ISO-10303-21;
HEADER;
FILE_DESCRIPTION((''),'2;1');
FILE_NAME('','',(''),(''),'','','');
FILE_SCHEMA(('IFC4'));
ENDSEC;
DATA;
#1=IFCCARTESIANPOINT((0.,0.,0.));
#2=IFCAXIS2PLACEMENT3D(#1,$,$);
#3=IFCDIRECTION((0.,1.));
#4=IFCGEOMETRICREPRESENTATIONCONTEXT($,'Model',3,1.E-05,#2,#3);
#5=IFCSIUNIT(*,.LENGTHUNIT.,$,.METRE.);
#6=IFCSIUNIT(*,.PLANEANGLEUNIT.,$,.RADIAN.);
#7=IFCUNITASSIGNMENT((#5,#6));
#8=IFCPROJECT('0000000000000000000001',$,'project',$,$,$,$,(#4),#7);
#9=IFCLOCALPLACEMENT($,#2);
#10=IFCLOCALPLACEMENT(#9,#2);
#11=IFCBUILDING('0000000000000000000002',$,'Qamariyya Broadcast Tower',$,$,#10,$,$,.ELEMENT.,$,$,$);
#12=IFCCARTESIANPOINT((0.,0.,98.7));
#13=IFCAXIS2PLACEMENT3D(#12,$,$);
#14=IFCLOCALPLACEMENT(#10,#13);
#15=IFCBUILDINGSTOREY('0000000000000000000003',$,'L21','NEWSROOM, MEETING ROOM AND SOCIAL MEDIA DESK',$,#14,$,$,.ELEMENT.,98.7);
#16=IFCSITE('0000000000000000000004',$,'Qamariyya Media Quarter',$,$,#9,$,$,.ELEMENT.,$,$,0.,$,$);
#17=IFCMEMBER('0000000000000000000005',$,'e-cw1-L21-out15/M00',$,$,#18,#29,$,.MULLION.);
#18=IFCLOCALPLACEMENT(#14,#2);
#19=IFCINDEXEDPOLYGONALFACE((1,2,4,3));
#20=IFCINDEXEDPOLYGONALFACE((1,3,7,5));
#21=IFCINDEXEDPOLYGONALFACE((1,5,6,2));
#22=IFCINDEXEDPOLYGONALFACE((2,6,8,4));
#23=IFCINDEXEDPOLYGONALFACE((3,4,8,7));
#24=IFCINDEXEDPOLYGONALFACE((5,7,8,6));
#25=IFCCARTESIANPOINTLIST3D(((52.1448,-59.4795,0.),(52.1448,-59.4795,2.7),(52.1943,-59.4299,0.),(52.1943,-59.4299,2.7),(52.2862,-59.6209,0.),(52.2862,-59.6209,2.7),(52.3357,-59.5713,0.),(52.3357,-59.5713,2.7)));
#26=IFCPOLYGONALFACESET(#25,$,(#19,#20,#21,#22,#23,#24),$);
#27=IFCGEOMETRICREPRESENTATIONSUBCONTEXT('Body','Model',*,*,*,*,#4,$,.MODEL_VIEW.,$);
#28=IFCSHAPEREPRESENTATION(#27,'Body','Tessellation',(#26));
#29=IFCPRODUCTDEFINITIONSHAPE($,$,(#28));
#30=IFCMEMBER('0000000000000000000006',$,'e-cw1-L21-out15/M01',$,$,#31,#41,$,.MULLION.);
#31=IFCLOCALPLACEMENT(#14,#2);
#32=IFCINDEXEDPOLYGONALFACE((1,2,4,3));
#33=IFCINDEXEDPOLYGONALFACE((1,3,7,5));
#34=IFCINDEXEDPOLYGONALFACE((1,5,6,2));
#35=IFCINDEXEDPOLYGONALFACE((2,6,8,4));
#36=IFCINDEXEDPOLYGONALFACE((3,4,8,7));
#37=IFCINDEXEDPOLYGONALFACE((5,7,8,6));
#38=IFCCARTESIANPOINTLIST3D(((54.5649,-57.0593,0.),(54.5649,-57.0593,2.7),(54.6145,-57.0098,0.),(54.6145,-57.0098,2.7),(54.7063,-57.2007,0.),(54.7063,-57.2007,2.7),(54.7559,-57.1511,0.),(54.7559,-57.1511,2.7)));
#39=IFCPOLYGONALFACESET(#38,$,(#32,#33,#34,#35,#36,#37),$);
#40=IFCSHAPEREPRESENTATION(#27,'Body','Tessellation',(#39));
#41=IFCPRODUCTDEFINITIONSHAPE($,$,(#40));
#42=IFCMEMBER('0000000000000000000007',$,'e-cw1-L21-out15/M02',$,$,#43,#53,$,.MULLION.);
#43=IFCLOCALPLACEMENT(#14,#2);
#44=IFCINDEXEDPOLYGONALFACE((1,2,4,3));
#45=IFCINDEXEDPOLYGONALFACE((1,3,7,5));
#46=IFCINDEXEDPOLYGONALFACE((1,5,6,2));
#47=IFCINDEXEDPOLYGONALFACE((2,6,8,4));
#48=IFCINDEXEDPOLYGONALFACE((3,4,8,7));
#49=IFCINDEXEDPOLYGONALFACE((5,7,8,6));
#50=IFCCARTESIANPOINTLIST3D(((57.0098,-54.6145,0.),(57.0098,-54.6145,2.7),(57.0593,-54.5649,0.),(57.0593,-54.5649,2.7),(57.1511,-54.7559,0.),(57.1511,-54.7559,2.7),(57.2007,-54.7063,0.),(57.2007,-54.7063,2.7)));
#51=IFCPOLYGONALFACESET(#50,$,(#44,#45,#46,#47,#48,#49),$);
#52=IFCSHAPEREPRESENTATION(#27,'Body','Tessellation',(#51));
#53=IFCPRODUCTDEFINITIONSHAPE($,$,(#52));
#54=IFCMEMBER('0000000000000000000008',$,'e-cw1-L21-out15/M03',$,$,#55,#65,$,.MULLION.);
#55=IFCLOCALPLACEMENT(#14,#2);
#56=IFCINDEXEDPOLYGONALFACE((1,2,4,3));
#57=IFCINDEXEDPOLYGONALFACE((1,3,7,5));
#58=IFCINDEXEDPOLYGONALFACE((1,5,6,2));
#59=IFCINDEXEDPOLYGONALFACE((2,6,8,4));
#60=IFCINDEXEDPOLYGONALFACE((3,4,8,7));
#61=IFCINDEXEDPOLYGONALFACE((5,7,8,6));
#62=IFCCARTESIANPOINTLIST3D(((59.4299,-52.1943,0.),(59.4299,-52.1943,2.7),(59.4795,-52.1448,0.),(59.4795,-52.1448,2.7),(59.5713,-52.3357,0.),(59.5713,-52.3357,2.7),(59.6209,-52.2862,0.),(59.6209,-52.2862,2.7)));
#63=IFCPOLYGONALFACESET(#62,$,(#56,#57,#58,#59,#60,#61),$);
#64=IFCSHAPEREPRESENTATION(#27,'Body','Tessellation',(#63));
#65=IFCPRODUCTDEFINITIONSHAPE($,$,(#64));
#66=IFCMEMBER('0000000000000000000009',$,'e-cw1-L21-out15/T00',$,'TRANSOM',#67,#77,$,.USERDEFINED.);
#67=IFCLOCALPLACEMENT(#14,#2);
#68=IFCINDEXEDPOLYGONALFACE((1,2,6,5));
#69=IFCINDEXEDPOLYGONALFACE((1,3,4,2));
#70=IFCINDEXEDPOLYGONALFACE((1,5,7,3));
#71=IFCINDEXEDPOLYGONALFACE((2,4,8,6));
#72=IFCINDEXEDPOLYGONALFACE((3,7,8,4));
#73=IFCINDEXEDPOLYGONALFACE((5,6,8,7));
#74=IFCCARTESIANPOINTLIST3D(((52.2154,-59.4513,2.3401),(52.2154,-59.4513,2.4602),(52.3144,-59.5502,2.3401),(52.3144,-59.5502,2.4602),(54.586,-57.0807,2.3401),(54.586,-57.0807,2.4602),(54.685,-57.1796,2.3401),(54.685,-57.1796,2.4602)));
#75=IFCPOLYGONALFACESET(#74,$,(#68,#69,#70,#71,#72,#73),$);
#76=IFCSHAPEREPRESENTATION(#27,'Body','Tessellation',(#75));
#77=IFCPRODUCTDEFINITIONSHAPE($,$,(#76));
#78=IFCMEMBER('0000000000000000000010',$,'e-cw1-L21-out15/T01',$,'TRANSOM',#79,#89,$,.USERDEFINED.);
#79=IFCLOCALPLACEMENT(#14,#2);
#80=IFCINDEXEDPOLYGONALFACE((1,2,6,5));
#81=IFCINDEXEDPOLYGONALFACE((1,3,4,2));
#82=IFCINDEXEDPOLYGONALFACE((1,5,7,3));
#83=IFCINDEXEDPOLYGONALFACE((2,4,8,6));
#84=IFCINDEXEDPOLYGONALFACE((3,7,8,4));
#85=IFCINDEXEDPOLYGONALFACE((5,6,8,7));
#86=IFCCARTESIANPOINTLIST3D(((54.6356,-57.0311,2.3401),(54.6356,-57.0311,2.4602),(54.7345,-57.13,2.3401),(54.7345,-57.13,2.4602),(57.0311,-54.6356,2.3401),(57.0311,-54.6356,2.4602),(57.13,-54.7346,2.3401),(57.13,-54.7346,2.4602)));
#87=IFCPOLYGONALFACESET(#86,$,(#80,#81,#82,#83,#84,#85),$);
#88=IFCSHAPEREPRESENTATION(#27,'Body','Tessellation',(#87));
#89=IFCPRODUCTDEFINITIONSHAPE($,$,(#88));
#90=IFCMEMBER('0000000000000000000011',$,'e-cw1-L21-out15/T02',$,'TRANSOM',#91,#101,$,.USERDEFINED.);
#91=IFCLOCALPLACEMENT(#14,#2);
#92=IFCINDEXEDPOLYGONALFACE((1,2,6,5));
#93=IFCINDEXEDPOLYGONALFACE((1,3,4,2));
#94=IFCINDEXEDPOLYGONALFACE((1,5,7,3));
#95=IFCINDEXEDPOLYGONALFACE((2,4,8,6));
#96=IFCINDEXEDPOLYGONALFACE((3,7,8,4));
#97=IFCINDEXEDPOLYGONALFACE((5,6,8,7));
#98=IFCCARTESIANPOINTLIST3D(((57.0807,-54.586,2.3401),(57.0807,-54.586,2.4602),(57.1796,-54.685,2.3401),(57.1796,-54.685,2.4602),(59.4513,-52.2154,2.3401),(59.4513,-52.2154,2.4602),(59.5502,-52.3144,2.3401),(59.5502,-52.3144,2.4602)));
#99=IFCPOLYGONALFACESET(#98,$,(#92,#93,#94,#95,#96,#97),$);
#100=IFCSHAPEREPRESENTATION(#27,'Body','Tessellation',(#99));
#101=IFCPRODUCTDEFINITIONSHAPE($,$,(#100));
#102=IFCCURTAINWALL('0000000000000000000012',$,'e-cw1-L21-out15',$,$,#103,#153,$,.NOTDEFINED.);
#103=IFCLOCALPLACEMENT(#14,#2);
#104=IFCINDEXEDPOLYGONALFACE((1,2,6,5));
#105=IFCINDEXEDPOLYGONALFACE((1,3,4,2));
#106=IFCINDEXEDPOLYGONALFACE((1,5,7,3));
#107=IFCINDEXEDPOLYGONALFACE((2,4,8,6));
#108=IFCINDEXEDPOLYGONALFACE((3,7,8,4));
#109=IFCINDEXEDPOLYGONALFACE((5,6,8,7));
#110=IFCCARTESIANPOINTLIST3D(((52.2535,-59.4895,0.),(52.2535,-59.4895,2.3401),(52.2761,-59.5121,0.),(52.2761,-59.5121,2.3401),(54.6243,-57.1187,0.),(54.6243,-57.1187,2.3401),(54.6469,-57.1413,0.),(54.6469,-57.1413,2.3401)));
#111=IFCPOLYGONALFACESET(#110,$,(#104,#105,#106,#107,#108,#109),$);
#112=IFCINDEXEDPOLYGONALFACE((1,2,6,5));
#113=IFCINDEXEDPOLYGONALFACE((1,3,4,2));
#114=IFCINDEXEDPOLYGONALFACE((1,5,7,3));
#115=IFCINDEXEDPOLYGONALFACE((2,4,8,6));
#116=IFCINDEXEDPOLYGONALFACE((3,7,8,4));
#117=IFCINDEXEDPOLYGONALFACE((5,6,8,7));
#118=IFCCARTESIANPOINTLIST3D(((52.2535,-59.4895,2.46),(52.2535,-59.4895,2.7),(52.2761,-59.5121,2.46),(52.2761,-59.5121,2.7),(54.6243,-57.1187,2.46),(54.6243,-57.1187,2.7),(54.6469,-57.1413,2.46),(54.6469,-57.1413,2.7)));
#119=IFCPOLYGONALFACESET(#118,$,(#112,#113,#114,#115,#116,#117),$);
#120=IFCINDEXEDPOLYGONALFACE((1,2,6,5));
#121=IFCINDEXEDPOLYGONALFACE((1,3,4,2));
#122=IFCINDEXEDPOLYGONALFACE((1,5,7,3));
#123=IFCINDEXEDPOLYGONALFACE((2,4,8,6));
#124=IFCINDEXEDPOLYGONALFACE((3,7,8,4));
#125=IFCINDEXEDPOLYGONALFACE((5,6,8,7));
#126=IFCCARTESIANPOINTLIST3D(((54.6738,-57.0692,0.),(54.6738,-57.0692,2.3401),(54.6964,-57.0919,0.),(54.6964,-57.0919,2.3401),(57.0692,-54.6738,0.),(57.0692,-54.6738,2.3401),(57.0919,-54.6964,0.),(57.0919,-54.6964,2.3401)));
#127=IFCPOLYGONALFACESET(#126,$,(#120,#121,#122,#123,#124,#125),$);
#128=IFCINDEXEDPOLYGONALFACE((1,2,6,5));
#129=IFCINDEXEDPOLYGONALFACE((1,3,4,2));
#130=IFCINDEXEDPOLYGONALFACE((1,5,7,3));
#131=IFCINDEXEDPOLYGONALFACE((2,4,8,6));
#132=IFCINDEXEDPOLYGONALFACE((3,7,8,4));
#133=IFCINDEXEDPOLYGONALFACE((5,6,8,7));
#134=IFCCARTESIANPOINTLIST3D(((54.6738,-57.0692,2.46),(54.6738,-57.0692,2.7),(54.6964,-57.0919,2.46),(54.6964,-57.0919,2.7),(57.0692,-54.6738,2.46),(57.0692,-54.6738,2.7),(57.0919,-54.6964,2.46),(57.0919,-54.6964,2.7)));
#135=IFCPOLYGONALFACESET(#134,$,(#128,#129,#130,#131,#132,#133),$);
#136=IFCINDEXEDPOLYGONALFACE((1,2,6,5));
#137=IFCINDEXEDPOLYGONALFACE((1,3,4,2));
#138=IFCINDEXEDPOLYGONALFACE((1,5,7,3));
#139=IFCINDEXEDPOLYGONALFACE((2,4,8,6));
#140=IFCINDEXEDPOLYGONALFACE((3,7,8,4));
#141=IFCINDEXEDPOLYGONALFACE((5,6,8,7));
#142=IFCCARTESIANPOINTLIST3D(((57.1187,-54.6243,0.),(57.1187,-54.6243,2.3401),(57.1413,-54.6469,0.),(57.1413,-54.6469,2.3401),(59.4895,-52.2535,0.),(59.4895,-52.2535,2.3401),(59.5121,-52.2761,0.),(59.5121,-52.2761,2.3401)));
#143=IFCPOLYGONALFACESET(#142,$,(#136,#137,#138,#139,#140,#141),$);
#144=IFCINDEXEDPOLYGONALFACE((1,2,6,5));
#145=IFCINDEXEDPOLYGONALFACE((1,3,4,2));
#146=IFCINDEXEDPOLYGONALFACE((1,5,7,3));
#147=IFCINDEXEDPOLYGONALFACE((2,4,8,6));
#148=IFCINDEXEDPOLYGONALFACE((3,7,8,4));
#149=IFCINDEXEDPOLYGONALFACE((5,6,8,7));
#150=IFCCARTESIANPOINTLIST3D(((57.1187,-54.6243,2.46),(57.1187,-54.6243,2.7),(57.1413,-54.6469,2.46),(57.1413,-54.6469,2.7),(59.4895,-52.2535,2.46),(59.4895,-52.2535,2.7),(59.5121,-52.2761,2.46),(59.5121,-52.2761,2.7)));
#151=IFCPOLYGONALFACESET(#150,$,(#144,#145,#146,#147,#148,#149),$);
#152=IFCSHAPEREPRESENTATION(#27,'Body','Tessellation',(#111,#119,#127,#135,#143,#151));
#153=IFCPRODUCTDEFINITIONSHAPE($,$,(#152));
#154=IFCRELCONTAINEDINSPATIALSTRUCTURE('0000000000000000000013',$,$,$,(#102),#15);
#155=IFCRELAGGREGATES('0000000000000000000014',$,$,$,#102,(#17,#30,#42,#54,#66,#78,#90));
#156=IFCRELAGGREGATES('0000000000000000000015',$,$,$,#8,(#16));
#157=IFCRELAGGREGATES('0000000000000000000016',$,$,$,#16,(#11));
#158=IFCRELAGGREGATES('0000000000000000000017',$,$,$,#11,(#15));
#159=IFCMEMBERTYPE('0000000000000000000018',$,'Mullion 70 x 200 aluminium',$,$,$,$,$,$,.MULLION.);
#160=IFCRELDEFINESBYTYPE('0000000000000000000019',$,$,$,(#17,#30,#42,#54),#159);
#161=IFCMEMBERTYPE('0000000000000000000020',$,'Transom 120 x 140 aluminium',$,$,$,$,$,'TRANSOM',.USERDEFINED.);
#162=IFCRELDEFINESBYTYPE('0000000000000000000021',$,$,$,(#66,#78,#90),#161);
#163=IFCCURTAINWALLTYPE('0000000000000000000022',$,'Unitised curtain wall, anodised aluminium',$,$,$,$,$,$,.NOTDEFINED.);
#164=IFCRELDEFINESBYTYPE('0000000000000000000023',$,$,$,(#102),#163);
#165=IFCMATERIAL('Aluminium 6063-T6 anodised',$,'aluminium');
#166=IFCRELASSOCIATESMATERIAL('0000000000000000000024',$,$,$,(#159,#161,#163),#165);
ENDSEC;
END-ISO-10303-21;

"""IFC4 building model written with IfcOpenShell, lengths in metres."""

from ifc_helpers import new_model, si_unit, direction, frame, origin, origin_2d, place, context, subcontext, project, spatial, rectangle, extrude, material, material_profile, profile_set, type_object, element, aggregate, save


model = new_model("IFC4")

# Units and contexts
model_context = context("Model", 3, precision=1e-05, world=origin(), true_north=direction((0.0, 1.0)))
body_context = subcontext(model_context, "Body", "Model", "MODEL_VIEW")
ifc_project = project(units=[si_unit("LENGTHUNIT", "METRE"), si_unit("PLANEANGLEUNIT", "RADIAN")], contexts=[model_context])

# Members
ifc_material = material(Name="Aluminium 6063-T6 anodised", Category="aluminium")
ifc_material_profile_1 = material_profile(ifc_material, rectangle(XDim=0.2, YDim=0.0701, at=origin_2d()))
ifc_profile_set_1 = profile_set([ifc_material_profile_1], Name="Aluminium 6063-T6 anodised")
member_type_1 = type_object("IfcMemberType", Name="Mullion 70 x 200 aluminium", PredefinedType="MULLION", material=ifc_profile_set_1)
site_placement = place(None, origin())
building_placement = place(site_placement, origin())
storey_placement = place(building_placement, frame((0.0, 0.0, 98.7)))
member_1_placement = place(storey_placement, frame((52.2402, -59.5254, 0.0), z_axis=(0.0, 0.0, 1.0), x_axis=(-0.707107, 0.707107, 0.0)))
member_1 = element("IfcMember", 1, at=member_1_placement, type_object=member_type_1, Name="e-cw1-L21-out15/M00", PredefinedType="MULLION", context=body_context, shape_type="SweptSolid", body=[
    extrude(rectangle(XDim=0.2, YDim=0.0701, at=origin_2d()), origin(), (0.0, 0.0, 1.0), 2.7),
])
member_2_placement = place(storey_placement, frame((54.6604, -57.1052, 0.0), z_axis=(0.0, 0.0, 1.0), x_axis=(-0.707107, 0.707107, 0.0)))
member_2 = element("IfcMember", 2, at=member_2_placement, type_object=member_type_1, Name="e-cw1-L21-out15/M01", PredefinedType="MULLION", context=body_context, shape_type="SweptSolid", body=[
    extrude(rectangle(XDim=0.2, YDim=0.0701, at=origin_2d()), origin(), (0.0, 0.0, 1.0), 2.7),
])
member_3_placement = place(storey_placement, frame((57.1052, -54.6604, 0.0), z_axis=(0.0, 0.0, 1.0), x_axis=(-0.707107, 0.707107, 0.0)))
member_3 = element("IfcMember", 3, at=member_3_placement, type_object=member_type_1, Name="e-cw1-L21-out15/M02", PredefinedType="MULLION", context=body_context, shape_type="SweptSolid", body=[
    extrude(rectangle(XDim=0.2, YDim=0.0701, at=origin_2d()), origin(), (0.0, 0.0, 1.0), 2.7),
])
member_4_placement = place(storey_placement, frame((59.5254, -52.2402, 0.0), z_axis=(0.0, 0.0, 1.0), x_axis=(-0.707107, 0.707107, 0.0)))
member_4 = element("IfcMember", 4, at=member_4_placement, type_object=member_type_1, Name="e-cw1-L21-out15/M03", PredefinedType="MULLION", context=body_context, shape_type="SweptSolid", body=[
    extrude(rectangle(XDim=0.2, YDim=0.0701, at=origin_2d()), origin(), (0.0, 0.0, 1.0), 2.7),
])
ifc_material_profile_2 = material_profile(ifc_material, rectangle(XDim=0.1399, YDim=0.1201, at=origin_2d()))
ifc_profile_set_2 = profile_set([ifc_material_profile_2], Name="Aluminium 6063-T6 anodised")
member_type_2 = type_object("IfcMemberType", Name="Transom 120 x 140 aluminium", ElementType="TRANSOM", PredefinedType="USERDEFINED", material=ifc_profile_set_2)
member_5_placement = place(storey_placement, frame((52.2649, -59.5007, 2.4001), z_axis=(0.707107, 0.707107, 0.0), x_axis=(-0.707107, 0.707107, 0.0)))
member_5 = element("IfcMember", 5, at=member_5_placement, type_object=member_type_2, Name="e-cw1-L21-out15/T00", ObjectType="TRANSOM", PredefinedType="USERDEFINED", context=body_context, shape_type="SweptSolid", body=[
    extrude(rectangle(XDim=0.1399, YDim=0.1201, at=origin_2d()), origin(), (0.0, 0.0, 1.0), 3.3525),
])
member_6_placement = place(storey_placement, frame((54.6851, -57.0806, 2.4001), z_axis=(0.707107, 0.707107, 0.0), x_axis=(-0.707107, 0.707107, 0.0)))
member_6 = element("IfcMember", 6, at=member_6_placement, type_object=member_type_2, Name="e-cw1-L21-out15/T01", ObjectType="TRANSOM", PredefinedType="USERDEFINED", context=body_context, shape_type="SweptSolid", body=[
    extrude(rectangle(XDim=0.1399, YDim=0.1201, at=origin_2d()), origin(), (0.0, 0.0, 1.0), 3.3877),
])
member_7_placement = place(storey_placement, frame((57.1301, -54.6355, 2.4001), z_axis=(0.707107, 0.707107, 0.0), x_axis=(-0.707107, 0.707107, 0.0)))
member_7 = element("IfcMember", 7, at=member_7_placement, type_object=member_type_2, Name="e-cw1-L21-out15/T02", ObjectType="TRANSOM", PredefinedType="USERDEFINED", context=body_context, shape_type="SweptSolid", body=[
    extrude(rectangle(XDim=0.1399, YDim=0.1201, at=origin_2d()), origin(), (0.0, 0.0, 1.0), 3.3525),
])

# Site, building, storey
site = spatial("IfcSite", under=ifc_project, at=site_placement, Name="Qamariyya Media Quarter", CompositionType="ELEMENT", RefElevation=0.0)
building = spatial("IfcBuilding", under=site, at=building_placement, Name="Qamariyya Broadcast Tower", CompositionType="ELEMENT")
storey = spatial("IfcBuildingStorey", under=building, at=storey_placement, Name="L21", Description="NEWSROOM, MEETING ROOM AND SOCIAL MEDIA DESK", CompositionType="ELEMENT", Elevation=98.7)

# Curtain wall
curtain_wall_type = type_object("IfcCurtainWallType", Name="Unitised curtain wall, anodised aluminium", PredefinedType="NOTDEFINED", material=ifc_material)
curtain_wall_1_placement = place(storey_placement, origin())
curtain_wall_1 = element("IfcCurtainWall", 8, at=curtain_wall_1_placement, inside=storey, type_object=curtain_wall_type, Name="e-cw1-L21-out15", PredefinedType="NOTDEFINED", context=body_context, shape_type="SweptSolid", body=[
    extrude(rectangle(XDim=3.3528, YDim=0.032, at=origin_2d()), frame((53.4502, -58.3154, 0.0), x_axis=(0.707107, 0.707107, 0.0)), (0.0, 0.0, 1.0), 2.3401),
    extrude(rectangle(XDim=3.3528, YDim=0.032, at=origin_2d()), frame((53.4502, -58.3154, 2.46), x_axis=(0.707107, 0.707107, 0.0)), (0.0, 0.0, 1.0), 0.24),
    extrude(rectangle(XDim=3.3877, YDim=0.032, at=origin_2d()), frame((55.8828, -55.8828, 0.0), x_axis=(0.707107, 0.707107, 0.0)), (0.0, 0.0, 1.0), 2.3401),
    extrude(rectangle(XDim=3.3877, YDim=0.032, at=origin_2d()), frame((55.8828, -55.8828, 2.46), x_axis=(0.707107, 0.707107, 0.0)), (0.0, 0.0, 1.0), 0.24),
    extrude(rectangle(XDim=3.3528, YDim=0.032, at=origin_2d()), frame((58.3154, -53.4502, 0.0), x_axis=(0.707107, 0.707107, 0.0)), (0.0, 0.0, 1.0), 2.3401),
    extrude(rectangle(XDim=3.3528, YDim=0.032, at=origin_2d()), frame((58.3154, -53.4502, 2.46), x_axis=(0.707107, 0.707107, 0.0)), (0.0, 0.0, 1.0), 0.24),
])
aggregate(curtain_wall_1, [member_1, member_2, member_3, member_4, member_5, member_6, member_7])

save(model, "model.ifc")
